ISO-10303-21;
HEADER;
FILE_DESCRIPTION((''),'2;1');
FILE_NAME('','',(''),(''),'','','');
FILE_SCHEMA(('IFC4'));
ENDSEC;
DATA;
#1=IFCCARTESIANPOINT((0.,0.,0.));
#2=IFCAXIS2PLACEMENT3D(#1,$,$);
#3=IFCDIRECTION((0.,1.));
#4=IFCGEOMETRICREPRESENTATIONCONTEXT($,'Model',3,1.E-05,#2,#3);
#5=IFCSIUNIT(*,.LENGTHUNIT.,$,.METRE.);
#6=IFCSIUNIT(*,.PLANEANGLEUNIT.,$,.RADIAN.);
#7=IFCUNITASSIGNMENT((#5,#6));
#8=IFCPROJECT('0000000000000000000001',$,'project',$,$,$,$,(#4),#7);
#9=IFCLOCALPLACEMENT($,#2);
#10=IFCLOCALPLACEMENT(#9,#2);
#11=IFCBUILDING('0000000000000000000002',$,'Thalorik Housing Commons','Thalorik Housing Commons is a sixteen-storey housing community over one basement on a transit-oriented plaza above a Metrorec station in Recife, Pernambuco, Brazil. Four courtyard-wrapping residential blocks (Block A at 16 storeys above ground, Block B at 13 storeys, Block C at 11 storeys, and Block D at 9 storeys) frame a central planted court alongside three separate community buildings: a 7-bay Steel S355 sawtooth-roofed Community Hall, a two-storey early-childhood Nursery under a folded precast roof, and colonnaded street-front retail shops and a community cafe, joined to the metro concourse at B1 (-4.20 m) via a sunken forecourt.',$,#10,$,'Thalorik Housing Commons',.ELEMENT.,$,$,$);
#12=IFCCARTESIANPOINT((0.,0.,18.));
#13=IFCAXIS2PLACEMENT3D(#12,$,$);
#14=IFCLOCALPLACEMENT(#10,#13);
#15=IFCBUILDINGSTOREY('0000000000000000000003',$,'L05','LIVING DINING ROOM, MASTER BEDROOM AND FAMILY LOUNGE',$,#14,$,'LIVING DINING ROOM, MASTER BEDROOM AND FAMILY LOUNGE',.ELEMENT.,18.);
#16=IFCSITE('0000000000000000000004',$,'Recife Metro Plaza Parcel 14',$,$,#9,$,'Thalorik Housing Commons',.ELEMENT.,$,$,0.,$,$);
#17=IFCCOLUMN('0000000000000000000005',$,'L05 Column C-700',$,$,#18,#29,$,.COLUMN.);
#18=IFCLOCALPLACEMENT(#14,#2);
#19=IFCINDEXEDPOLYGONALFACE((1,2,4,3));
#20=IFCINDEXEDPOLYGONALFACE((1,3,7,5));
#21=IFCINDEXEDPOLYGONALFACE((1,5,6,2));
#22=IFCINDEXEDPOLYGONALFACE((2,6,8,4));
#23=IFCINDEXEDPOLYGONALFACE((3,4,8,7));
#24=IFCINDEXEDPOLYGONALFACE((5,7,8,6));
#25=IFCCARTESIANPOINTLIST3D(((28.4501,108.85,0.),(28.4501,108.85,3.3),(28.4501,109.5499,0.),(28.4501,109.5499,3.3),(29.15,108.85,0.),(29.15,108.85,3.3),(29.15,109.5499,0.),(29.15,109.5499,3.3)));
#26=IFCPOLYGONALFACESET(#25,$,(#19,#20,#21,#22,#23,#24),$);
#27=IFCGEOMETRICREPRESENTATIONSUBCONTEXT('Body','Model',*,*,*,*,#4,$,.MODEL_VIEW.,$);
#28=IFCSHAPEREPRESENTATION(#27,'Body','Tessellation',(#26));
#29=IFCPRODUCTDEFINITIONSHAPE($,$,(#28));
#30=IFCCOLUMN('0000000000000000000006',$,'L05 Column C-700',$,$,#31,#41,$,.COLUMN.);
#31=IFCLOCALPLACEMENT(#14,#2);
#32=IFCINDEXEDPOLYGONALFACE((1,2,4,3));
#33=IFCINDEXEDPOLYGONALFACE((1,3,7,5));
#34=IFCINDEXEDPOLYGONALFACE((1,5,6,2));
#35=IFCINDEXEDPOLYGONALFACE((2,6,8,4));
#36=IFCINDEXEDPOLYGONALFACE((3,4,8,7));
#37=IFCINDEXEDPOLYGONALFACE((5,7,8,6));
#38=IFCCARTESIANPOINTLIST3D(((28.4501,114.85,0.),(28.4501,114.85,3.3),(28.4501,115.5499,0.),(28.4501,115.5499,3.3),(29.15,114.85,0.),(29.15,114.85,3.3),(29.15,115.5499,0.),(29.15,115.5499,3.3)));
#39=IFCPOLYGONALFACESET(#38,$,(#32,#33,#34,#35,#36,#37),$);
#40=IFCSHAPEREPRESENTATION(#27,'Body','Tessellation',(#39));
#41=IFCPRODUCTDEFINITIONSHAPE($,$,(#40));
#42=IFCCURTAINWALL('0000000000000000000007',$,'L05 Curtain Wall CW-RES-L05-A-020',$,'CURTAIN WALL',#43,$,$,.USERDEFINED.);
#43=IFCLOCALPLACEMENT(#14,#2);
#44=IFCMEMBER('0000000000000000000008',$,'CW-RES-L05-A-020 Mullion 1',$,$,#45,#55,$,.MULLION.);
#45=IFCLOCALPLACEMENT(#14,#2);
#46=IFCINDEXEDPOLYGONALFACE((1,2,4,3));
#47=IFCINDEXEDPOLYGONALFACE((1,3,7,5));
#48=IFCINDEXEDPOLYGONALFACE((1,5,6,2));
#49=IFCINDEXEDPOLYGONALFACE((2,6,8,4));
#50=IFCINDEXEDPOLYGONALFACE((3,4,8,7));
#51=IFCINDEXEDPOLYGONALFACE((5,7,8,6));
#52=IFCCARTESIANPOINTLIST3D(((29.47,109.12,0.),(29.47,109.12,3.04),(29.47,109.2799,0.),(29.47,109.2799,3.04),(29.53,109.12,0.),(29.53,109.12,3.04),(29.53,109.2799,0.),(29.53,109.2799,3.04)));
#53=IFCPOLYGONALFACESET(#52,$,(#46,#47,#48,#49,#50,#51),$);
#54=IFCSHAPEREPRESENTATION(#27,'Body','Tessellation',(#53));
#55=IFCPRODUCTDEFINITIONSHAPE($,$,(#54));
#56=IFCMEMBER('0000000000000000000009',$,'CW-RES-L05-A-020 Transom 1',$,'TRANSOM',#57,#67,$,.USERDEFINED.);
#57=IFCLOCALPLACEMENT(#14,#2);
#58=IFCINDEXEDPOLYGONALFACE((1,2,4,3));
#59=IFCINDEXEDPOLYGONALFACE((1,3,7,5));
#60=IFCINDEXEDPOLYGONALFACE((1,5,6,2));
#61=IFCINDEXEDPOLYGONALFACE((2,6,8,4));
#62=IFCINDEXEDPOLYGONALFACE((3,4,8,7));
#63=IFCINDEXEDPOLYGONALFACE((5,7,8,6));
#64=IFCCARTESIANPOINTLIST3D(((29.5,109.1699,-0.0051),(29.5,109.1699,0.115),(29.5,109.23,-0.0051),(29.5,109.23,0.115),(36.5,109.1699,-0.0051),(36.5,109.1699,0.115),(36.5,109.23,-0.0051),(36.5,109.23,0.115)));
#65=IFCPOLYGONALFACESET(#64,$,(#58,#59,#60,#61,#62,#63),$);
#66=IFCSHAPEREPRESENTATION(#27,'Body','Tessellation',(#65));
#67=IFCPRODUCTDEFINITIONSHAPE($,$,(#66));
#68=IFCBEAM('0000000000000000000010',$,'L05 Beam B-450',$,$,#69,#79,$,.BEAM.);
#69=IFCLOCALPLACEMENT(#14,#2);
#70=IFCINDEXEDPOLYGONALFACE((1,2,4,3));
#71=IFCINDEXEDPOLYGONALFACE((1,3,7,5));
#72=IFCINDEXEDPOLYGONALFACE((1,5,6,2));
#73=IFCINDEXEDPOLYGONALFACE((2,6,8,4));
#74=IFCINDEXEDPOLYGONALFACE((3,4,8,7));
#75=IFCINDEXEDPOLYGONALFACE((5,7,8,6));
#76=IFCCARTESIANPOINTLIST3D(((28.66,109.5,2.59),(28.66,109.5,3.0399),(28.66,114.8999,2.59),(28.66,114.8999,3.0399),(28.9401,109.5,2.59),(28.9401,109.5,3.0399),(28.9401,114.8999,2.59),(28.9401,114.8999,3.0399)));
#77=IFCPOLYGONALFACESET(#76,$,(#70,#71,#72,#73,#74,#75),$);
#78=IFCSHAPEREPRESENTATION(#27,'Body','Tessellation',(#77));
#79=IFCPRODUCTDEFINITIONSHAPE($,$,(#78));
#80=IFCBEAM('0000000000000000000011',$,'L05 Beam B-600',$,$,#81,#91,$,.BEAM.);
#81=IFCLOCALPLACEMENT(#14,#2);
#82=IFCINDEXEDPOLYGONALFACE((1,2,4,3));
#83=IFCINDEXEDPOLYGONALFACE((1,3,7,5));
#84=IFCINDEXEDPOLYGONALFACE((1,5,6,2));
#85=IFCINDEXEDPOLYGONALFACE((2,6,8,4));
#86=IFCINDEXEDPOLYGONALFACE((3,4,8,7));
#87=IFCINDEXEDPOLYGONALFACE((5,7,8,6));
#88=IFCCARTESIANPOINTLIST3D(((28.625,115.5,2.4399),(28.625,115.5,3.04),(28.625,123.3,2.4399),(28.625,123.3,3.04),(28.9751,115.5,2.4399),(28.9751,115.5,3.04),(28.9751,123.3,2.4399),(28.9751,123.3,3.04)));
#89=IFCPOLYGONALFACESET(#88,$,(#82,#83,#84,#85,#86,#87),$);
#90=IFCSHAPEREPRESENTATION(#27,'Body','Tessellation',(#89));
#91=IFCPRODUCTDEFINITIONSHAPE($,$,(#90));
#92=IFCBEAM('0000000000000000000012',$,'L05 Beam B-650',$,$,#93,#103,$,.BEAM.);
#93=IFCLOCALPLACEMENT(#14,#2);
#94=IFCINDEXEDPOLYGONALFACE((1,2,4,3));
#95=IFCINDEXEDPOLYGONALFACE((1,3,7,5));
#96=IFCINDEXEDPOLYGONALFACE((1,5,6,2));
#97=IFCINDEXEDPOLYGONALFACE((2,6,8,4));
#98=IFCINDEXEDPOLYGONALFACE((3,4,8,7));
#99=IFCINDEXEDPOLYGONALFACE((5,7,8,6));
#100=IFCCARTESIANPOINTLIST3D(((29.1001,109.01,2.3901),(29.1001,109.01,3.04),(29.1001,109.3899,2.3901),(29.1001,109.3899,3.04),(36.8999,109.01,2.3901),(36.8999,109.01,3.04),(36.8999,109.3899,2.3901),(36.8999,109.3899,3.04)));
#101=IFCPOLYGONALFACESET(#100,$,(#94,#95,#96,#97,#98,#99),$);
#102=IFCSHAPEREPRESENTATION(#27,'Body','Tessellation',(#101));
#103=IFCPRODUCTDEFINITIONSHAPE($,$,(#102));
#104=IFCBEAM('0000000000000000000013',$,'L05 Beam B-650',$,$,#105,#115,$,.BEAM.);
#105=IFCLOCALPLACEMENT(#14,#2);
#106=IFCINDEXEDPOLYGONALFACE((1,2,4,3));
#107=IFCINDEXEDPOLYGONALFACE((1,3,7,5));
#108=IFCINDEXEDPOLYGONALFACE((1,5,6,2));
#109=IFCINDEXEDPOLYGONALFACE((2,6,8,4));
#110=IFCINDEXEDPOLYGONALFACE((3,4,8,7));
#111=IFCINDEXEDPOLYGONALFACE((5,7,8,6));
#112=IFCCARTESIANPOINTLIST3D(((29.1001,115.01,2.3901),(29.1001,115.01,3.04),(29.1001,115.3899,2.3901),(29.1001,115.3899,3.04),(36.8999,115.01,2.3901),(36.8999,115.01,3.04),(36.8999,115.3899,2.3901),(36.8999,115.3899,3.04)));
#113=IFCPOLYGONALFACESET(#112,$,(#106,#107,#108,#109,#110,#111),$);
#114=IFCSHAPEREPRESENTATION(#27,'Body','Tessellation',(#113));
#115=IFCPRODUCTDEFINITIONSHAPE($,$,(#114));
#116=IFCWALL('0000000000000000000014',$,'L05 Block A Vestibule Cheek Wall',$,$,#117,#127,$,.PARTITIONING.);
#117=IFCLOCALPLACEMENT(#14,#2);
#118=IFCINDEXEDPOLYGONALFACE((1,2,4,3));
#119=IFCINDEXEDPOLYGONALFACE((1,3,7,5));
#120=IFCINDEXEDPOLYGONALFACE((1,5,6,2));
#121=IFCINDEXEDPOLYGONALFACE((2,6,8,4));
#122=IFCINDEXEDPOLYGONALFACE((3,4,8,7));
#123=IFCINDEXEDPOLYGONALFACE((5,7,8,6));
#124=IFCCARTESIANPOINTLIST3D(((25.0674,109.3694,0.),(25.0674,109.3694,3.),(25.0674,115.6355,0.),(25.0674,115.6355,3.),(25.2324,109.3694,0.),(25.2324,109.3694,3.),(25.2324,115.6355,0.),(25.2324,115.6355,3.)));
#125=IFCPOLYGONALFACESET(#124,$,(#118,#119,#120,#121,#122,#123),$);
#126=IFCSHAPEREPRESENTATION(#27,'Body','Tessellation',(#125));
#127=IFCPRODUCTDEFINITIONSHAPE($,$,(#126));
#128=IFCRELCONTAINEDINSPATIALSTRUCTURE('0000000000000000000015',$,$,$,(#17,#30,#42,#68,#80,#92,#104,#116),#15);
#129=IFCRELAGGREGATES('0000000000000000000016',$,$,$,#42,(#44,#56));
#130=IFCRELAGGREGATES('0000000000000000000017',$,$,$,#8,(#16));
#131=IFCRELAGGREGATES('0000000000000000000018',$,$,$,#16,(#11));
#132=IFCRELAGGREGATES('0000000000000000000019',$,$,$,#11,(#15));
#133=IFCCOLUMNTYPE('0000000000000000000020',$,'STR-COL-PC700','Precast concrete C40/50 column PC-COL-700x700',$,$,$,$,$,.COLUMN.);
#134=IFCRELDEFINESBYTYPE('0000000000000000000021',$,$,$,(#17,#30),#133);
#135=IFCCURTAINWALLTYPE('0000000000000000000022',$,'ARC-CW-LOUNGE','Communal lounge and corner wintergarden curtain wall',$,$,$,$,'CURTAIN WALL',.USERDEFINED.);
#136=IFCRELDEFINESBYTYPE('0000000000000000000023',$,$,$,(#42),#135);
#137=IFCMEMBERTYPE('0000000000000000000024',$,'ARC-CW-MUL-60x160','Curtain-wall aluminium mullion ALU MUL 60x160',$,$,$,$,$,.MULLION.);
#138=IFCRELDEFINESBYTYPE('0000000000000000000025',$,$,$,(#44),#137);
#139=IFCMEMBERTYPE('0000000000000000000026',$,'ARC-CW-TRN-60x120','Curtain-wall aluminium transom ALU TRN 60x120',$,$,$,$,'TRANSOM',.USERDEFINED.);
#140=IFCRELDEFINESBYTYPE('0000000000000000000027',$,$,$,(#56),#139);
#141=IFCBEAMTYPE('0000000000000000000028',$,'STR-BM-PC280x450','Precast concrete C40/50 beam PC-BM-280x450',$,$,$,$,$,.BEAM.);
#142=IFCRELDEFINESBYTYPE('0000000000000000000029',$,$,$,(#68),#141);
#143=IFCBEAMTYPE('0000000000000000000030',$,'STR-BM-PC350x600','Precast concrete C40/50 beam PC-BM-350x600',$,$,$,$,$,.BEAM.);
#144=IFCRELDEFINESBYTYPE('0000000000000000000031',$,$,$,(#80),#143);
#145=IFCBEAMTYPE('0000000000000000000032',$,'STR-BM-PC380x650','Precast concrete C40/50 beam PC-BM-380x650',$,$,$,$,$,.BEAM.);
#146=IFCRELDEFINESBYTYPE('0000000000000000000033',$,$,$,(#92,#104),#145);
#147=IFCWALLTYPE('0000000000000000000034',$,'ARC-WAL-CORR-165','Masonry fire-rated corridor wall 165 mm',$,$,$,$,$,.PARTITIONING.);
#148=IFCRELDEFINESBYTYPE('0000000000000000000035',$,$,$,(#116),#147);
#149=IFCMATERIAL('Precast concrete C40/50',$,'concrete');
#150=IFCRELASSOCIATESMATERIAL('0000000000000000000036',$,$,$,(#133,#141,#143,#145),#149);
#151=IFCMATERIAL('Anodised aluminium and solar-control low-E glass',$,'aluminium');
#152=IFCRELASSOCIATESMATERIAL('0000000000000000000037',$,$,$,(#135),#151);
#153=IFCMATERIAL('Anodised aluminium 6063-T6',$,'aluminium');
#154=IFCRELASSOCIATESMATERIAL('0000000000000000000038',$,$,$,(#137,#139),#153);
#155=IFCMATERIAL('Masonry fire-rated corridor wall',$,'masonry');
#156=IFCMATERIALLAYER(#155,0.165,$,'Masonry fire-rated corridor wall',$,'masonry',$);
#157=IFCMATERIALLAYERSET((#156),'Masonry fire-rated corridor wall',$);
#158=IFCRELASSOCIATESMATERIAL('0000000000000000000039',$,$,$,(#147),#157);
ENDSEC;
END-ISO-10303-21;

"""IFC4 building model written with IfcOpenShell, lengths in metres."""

from ifc_helpers import new_model, si_unit, direction, frame, frame_2d, origin, origin_2d, place, context, subcontext, project, spatial, rectangle, extrude, material, layer, layer_set, material_profile, profile_set, type_object, element, aggregate, save


model = new_model("IFC4")

# Units and contexts
model_context = context("Model", 3, precision=1e-05, world=origin(), true_north=direction((0.0, 1.0)))
body_context = subcontext(model_context, "Body", "Model", "MODEL_VIEW")
ifc_project = project(units=[si_unit("LENGTHUNIT", "METRE"), si_unit("PLANEANGLEUNIT", "RADIAN")], contexts=[model_context])

# Site, building, storey
site_placement = place(None, origin())
site = spatial("IfcSite", under=ifc_project, at=site_placement, Name="Recife Metro Plaza Parcel 14", LongName="Thalorik Housing Commons", CompositionType="ELEMENT", RefElevation=0.0)
building_placement = place(site_placement, origin())
building = spatial("IfcBuilding", under=site, at=building_placement, Name="Thalorik Housing Commons", Description="Thalorik Housing Commons is a sixteen-storey housing community over one basement on a transit-oriented plaza above a Metrorec station in Recife, Pernambuco, Brazil. Four courtyard-wrapping residential blocks (Block A at 16 storeys above ground, Block B at 13 storeys, Block C at 11 storeys, and Block D at 9 storeys) frame a central planted court alongside three separate community buildings: a 7-bay Steel S355 sawtooth-roofed Community Hall, a two-storey early-childhood Nursery under a folded precast roof, and colonnaded street-front retail shops and a community cafe, joined to the metro concourse at B1 (-4.20 m) via a sunken forecourt.", LongName="Thalorik Housing Commons", CompositionType="ELEMENT")
storey_placement = place(building_placement, frame((0.0, 0.0, 18.0)))
storey = spatial("IfcBuildingStorey", under=building, at=storey_placement, Name="L05", Description="LIVING DINING ROOM, MASTER BEDROOM AND FAMILY LOUNGE", LongName="LIVING DINING ROOM, MASTER BEDROOM AND FAMILY LOUNGE", CompositionType="ELEMENT", Elevation=18.0)

# Columns
ifc_material_1 = material(Name="Precast concrete C40/50", Category="concrete")
ifc_material_profile_1 = material_profile(ifc_material_1, rectangle(XDim=0.7, YDim=0.7, at=origin_2d()), Name="PC 700x700", Category="concrete")
ifc_profile_set_1 = profile_set([ifc_material_profile_1], Name="Precast concrete C40/50")
column_type = type_object("IfcColumnType", Name="STR-COL-PC700", Description="Precast concrete C40/50 column PC-COL-700x700", PredefinedType="COLUMN", material=ifc_profile_set_1)
for number, where, z_axis, x_axis, name in (
    (1, (28.8, 109.2, 0.0), (0.0, 0.0, 1.0), (1.0, 0.0, 0.0), "L05 Column C-700"),
    (2, (28.8, 115.2, 0.0), (0.0, 0.0, 1.0), (1.0, 0.0, 0.0), "L05 Column C-700"),
):
    element("IfcColumn", number, at=place(storey_placement, frame(where, z_axis=z_axis, x_axis=x_axis)), inside=storey, type_object=column_type, Name=name, PredefinedType="COLUMN", context=body_context, shape_type="SweptSolid", body=[
        extrude(rectangle(XDim=0.7, YDim=0.7, at=origin_2d()), origin(), (0.0, 0.0, 1.0), 3.3),
    ])

# Curtain wall, members
ifc_material_2 = material(Name="Anodised aluminium and solar-control low-E glass", Category="aluminium")
curtain_wall_type = type_object("IfcCurtainWallType", Name="ARC-CW-LOUNGE", Description="Communal lounge and corner wintergarden curtain wall", ElementType="CURTAIN WALL", PredefinedType="USERDEFINED", material=ifc_material_2)
curtain_wall_placement = place(storey_placement, origin())
curtain_wall = element("IfcCurtainWall", 3, at=curtain_wall_placement, inside=storey, type_object=curtain_wall_type, Name="L05 Curtain Wall CW-RES-L05-A-020", ObjectType="CURTAIN WALL", PredefinedType="USERDEFINED")
ifc_material_3 = material(Name="Anodised aluminium 6063-T6", Category="aluminium")
ifc_material_profile_2 = material_profile(ifc_material_3, rectangle(XDim=0.0601, YDim=0.1599, at=origin_2d()), Name="ALU MUL 60x160", Category="aluminium")
ifc_profile_set_2 = profile_set([ifc_material_profile_2], Name="Anodised aluminium 6063-T6")
member_type_1 = type_object("IfcMemberType", Name="ARC-CW-MUL-60x160", Description="Curtain-wall aluminium mullion ALU MUL 60x160", PredefinedType="MULLION", material=ifc_profile_set_2)
member_1_placement = place(storey_placement, frame((29.5, 109.2, 0.0), z_axis=(0.0, 0.0, 1.0), x_axis=(1.0, 0.0, 0.0)))
member_1 = element("IfcMember", 4, at=member_1_placement, type_object=member_type_1, Name="CW-RES-L05-A-020 Mullion 1", PredefinedType="MULLION", context=body_context, shape_type="SweptSolid", body=[
    extrude(rectangle(XDim=0.0601, YDim=0.1599, at=origin_2d()), origin(), (0.0, 0.0, 1.0), 3.04),
])
ifc_material_profile_3 = material_profile(ifc_material_3, rectangle(XDim=0.0601, YDim=0.1201, at=origin_2d()), Name="ALU TRN 60x120", Category="aluminium")
ifc_profile_set_3 = profile_set([ifc_material_profile_3], Name="Anodised aluminium 6063-T6")
member_type_2 = type_object("IfcMemberType", Name="ARC-CW-TRN-60x120", Description="Curtain-wall aluminium transom ALU TRN 60x120", ElementType="TRANSOM", PredefinedType="USERDEFINED", material=ifc_profile_set_3)
member_2_placement = place(storey_placement, frame((29.5, 109.2, 0.0549), z_axis=(1.0, 0.0, 0.0), x_axis=(0.0, 1.0, 0.0)))
member_2 = element("IfcMember", 5, at=member_2_placement, type_object=member_type_2, Name="CW-RES-L05-A-020 Transom 1", ObjectType="TRANSOM", PredefinedType="USERDEFINED", context=body_context, shape_type="SweptSolid", body=[
    extrude(rectangle(XDim=0.0601, YDim=0.1201, at=origin_2d()), origin(), (0.0, 0.0, 1.0), 7.0),
])
aggregate(curtain_wall, [member_1, member_2])

# Beams
ifc_material_profile_4 = material_profile(ifc_material_1, rectangle(XDim=0.28, YDim=0.45, at=origin_2d()), Name="PC 280x450", Category="concrete")
ifc_profile_set_4 = profile_set([ifc_material_profile_4], Name="Precast concrete C40/50")
beam_type_1 = type_object("IfcBeamType", Name="STR-BM-PC280x450", Description="Precast concrete C40/50 beam PC-BM-280x450", PredefinedType="BEAM", material=ifc_profile_set_4)
beam_1_placement = place(storey_placement, frame((28.8, 109.5, 2.8149), z_axis=(0.0, 1.0, 0.0), x_axis=(-1.0, 0.0, 0.0)))
element("IfcBeam", 6, at=beam_1_placement, inside=storey, type_object=beam_type_1, Name="L05 Beam B-450", PredefinedType="BEAM", context=body_context, shape_type="SweptSolid", body=[
    extrude(rectangle(XDim=0.28, YDim=0.45, at=origin_2d()), origin(), (0.0, 0.0, 1.0), 5.3999),
])
ifc_material_profile_5 = material_profile(ifc_material_1, rectangle(XDim=0.3501, YDim=0.6001, at=origin_2d()), Name="PC 350x600", Category="concrete")
ifc_profile_set_5 = profile_set([ifc_material_profile_5], Name="Precast concrete C40/50")
beam_type_2 = type_object("IfcBeamType", Name="STR-BM-PC350x600", Description="Precast concrete C40/50 beam PC-BM-350x600", PredefinedType="BEAM", material=ifc_profile_set_5)
beam_2_placement = place(storey_placement, frame((28.8, 115.5, 2.74), z_axis=(0.0, 1.0, 0.0), x_axis=(-1.0, 0.0, 0.0)))
element("IfcBeam", 7, at=beam_2_placement, inside=storey, type_object=beam_type_2, Name="L05 Beam B-600", PredefinedType="BEAM", context=body_context, shape_type="SweptSolid", body=[
    extrude(rectangle(XDim=0.3501, YDim=0.6001, at=origin_2d()), origin(), (0.0, 0.0, 1.0), 7.8),
])
ifc_material_profile_6 = material_profile(ifc_material_1, rectangle(XDim=0.3799, YDim=0.6499, at=origin_2d()), Name="PC 380x650", Category="concrete")
ifc_profile_set_6 = profile_set([ifc_material_profile_6], Name="Precast concrete C40/50")
beam_type_3 = type_object("IfcBeamType", Name="STR-BM-PC380x650", Description="Precast concrete C40/50 beam PC-BM-380x650", PredefinedType="BEAM", material=ifc_profile_set_6)
for number, where, z_axis, x_axis, name in (
    (8, (29.1001, 109.2, 2.7151), (1.0, 0.0, 0.0), (0.0, 1.0, 0.0), "L05 Beam B-650"),
    (9, (29.1001, 115.2, 2.7151), (1.0, 0.0, 0.0), (0.0, 1.0, 0.0), "L05 Beam B-650"),
):
    element("IfcBeam", number, at=place(storey_placement, frame(where, z_axis=z_axis, x_axis=x_axis)), inside=storey, type_object=beam_type_3, Name=name, PredefinedType="BEAM", context=body_context, shape_type="SweptSolid", body=[
        extrude(rectangle(XDim=0.3799, YDim=0.6499, at=origin_2d()), origin(), (0.0, 0.0, 1.0), 7.7998),
    ])

# Wall
ifc_material_4 = material(Name="Masonry fire-rated corridor wall", Category="masonry")
ifc_layer_1 = layer(ifc_material_4, 0.165, Name="Masonry fire-rated corridor wall", Category="masonry")
ifc_layer_set_1 = layer_set([ifc_layer_1], Name="Masonry fire-rated corridor wall")
wall_type_1 = type_object("IfcWallType", Name="ARC-WAL-CORR-165", Description="Masonry fire-rated corridor wall 165 mm", PredefinedType="PARTITIONING", material=ifc_layer_set_1)
wall_1_placement = place(storey_placement, frame((25.1499, 109.3694, 0.0), z_axis=(0.0, 0.0, 1.0), x_axis=(0.0, 1.0, 0.0)))
element("IfcWall", 10, at=wall_1_placement, inside=storey, type_object=wall_type_1, Name="L05 Block A Vestibule Cheek Wall", PredefinedType="PARTITIONING", context=body_context, shape_type="SweptSolid", body=[
    extrude(rectangle(XDim=6.2661, YDim=0.165, at=frame_2d((3.1331, 0.0))), origin(), (0.0, 0.0, 1.0), 3.0),
])

save(model, "model.ifc")
